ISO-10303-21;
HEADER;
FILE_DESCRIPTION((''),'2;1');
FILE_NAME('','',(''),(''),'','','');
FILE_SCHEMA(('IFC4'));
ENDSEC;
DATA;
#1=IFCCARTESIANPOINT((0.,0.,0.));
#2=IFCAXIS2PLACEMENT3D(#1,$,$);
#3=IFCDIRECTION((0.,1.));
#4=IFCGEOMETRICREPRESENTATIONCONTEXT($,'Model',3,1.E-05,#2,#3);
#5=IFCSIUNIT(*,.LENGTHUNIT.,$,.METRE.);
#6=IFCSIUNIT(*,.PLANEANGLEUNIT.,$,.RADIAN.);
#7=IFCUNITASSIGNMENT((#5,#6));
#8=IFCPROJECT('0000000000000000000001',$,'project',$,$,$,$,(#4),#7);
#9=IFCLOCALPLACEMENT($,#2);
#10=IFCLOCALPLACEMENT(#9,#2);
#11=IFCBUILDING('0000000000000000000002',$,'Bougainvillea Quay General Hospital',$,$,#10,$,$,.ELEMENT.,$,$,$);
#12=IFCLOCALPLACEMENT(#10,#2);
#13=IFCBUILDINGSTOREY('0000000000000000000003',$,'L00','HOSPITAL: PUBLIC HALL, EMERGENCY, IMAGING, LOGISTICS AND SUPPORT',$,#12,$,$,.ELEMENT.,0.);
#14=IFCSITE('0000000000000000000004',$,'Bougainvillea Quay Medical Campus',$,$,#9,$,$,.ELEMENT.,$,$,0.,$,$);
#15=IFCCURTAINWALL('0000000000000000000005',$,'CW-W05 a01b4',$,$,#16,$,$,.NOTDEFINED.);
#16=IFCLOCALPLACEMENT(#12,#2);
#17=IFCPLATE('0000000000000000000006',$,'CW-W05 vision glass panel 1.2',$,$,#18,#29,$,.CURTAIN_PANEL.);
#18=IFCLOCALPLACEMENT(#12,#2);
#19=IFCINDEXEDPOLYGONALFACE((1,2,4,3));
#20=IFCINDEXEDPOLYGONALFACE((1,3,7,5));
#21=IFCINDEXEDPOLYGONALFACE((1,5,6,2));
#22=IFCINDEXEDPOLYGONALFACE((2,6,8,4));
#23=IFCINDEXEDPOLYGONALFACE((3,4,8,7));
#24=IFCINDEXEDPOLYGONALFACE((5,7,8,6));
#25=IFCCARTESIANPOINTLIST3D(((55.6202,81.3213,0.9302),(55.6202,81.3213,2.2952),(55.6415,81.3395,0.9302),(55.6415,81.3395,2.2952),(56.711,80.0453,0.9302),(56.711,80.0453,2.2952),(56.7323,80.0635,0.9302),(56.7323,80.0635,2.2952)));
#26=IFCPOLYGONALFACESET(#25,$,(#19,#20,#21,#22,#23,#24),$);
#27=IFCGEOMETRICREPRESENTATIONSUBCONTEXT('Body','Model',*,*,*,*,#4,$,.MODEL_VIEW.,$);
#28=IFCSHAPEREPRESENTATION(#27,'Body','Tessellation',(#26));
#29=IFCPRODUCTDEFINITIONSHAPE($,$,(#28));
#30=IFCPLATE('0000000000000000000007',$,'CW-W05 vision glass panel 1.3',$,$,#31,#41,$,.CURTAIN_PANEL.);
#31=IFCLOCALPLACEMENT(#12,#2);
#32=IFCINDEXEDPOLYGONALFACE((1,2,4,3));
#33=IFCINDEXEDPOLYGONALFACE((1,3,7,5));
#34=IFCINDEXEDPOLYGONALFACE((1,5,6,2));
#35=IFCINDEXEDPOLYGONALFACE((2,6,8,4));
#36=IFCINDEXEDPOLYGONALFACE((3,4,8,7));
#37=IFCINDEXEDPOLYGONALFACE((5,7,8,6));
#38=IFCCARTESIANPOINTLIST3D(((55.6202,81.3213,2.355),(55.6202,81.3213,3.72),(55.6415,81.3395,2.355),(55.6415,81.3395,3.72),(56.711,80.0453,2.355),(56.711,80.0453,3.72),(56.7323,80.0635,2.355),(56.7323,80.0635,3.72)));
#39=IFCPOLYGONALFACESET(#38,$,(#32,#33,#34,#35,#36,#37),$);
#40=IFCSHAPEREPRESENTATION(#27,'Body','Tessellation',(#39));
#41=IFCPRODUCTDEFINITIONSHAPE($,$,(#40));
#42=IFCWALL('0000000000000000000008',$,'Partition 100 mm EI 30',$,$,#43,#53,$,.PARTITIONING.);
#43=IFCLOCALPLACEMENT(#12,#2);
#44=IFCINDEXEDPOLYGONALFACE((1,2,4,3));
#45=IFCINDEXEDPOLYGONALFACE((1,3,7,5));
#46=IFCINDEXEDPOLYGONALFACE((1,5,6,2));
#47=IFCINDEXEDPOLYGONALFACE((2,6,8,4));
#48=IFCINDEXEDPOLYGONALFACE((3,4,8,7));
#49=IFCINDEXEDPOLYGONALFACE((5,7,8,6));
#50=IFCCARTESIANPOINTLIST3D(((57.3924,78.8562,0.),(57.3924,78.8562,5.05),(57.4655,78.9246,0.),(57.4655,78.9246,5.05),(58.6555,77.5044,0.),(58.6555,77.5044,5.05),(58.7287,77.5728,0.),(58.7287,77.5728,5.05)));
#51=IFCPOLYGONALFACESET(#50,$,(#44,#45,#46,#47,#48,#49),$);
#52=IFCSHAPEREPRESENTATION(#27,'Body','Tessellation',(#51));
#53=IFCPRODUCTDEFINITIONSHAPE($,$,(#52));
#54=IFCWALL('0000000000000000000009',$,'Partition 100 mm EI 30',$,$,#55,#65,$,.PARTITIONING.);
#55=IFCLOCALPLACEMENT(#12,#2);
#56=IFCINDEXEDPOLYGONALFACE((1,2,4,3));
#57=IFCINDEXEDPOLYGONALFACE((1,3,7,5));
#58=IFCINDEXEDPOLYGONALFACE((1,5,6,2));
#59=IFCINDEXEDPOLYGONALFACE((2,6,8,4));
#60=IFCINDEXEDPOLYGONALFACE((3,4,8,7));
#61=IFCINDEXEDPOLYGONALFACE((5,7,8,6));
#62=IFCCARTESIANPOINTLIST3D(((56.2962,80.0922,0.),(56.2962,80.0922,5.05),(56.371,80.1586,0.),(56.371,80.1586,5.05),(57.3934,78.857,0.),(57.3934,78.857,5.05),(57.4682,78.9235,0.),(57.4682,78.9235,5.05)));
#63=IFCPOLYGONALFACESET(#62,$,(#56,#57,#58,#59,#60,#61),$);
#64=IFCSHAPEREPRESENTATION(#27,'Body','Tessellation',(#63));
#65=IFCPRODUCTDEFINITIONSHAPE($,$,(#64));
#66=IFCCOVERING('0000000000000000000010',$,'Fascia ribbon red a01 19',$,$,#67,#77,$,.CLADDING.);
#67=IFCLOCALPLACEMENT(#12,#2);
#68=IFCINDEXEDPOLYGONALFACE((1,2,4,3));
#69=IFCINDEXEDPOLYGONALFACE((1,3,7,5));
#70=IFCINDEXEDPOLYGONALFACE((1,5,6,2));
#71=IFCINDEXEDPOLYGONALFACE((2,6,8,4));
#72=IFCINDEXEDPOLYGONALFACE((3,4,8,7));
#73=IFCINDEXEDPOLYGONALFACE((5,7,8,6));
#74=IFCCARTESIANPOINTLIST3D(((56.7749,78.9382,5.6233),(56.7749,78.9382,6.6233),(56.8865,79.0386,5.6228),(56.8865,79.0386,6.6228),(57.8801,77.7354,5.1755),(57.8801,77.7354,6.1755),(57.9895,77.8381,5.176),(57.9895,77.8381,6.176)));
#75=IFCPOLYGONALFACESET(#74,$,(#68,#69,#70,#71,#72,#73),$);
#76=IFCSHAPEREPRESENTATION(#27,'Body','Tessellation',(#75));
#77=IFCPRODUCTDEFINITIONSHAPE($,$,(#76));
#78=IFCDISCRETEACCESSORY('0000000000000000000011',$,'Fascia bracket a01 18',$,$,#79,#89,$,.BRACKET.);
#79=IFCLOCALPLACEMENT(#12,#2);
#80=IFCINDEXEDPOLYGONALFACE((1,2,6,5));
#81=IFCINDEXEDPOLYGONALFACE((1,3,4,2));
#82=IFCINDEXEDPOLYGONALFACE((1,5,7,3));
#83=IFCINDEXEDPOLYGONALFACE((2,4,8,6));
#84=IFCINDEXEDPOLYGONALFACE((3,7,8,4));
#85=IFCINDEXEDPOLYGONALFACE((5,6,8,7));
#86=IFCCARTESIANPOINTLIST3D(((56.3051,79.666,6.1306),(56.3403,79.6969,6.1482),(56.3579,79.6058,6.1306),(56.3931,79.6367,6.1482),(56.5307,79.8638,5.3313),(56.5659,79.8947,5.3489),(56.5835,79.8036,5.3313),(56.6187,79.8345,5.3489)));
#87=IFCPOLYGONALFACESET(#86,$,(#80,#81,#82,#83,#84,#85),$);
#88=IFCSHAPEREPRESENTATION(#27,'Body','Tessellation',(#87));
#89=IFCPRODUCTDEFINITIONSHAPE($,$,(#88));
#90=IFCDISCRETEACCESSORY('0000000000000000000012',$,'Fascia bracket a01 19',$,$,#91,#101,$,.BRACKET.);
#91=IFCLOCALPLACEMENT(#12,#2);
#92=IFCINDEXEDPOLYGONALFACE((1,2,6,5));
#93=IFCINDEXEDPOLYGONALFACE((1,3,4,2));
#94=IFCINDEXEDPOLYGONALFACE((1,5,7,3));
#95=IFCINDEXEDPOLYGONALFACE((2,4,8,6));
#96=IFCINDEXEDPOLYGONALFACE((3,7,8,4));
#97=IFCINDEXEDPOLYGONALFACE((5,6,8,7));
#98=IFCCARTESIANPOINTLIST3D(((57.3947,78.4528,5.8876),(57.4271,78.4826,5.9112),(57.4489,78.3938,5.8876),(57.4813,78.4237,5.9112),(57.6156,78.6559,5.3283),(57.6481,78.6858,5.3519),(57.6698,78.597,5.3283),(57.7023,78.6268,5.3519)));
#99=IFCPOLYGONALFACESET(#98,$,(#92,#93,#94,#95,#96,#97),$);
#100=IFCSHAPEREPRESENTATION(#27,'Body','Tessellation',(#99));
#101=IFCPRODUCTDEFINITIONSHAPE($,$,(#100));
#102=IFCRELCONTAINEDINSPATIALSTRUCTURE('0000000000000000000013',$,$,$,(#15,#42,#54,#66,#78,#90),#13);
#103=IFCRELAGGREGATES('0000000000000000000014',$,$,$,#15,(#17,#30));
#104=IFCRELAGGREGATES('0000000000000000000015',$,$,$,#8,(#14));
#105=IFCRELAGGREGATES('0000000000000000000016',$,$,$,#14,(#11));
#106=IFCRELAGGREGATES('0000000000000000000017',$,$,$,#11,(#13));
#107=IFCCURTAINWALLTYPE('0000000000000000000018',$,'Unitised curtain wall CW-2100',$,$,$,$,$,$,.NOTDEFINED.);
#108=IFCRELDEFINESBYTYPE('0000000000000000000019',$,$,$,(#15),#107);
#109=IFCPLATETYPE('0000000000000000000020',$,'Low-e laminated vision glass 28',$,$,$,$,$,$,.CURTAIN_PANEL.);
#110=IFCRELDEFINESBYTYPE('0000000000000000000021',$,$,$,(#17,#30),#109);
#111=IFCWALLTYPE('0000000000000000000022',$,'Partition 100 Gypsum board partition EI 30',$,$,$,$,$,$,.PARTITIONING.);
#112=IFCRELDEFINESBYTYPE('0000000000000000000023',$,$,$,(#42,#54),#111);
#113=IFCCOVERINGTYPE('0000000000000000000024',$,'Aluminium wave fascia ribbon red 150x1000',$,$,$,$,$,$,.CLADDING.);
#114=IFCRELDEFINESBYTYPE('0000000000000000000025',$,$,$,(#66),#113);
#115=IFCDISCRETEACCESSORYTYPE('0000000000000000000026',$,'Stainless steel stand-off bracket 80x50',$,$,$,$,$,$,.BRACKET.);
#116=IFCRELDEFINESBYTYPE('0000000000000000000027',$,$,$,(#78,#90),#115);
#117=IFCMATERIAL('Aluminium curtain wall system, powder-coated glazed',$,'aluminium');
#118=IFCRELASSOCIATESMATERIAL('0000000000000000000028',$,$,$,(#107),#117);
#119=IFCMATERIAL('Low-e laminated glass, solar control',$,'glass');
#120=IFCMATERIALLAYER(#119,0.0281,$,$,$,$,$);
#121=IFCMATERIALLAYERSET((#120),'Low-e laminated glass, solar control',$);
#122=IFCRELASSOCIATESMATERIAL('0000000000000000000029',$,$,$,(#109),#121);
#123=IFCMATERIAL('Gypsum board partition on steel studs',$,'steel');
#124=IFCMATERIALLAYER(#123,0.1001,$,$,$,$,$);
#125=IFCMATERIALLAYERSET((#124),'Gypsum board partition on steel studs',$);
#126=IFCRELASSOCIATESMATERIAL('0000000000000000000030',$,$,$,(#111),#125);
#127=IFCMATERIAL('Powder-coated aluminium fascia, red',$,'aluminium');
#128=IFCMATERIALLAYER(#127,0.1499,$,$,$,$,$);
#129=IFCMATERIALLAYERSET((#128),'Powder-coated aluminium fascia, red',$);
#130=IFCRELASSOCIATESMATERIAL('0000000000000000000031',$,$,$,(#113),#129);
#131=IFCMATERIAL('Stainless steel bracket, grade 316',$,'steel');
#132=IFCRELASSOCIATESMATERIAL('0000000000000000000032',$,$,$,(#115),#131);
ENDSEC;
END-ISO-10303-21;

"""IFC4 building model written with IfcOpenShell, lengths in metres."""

from ifc_helpers import new_model, si_unit, direction, frame, frame_2d, origin, origin_2d, place, context, subcontext, project, spatial, polyline, rectangle, outline, extrude, material, layer, layer_set, material_profile, profile_set, type_object, element, aggregate, save


model = new_model("IFC4")

# Units and contexts
model_context = context("Model", 3, precision=1e-05, world=origin(), true_north=direction((0.0, 1.0)))
body_context = subcontext(model_context, "Body", "Model", "MODEL_VIEW")
ifc_project = project(units=[si_unit("LENGTHUNIT", "METRE"), si_unit("PLANEANGLEUNIT", "RADIAN")], contexts=[model_context])

# Site, building, storey
site_placement = place(None, origin())
site = spatial("IfcSite", under=ifc_project, at=site_placement, Name="Bougainvillea Quay Medical Campus", CompositionType="ELEMENT", RefElevation=0.0)
building_placement = place(site_placement, origin())
building = spatial("IfcBuilding", under=site, at=building_placement, Name="Bougainvillea Quay General Hospital", CompositionType="ELEMENT")
storey_placement = place(building_placement, origin())
storey = spatial("IfcBuildingStorey", under=building, at=storey_placement, Name="L00", Description="HOSPITAL: PUBLIC HALL, EMERGENCY, IMAGING, LOGISTICS AND SUPPORT", CompositionType="ELEMENT", Elevation=0.0)

# Curtain wall
ifc_material_1 = material(Name="Aluminium curtain wall system, powder-coated glazed", Category="aluminium")
curtain_wall_type = type_object("IfcCurtainWallType", Name="Unitised curtain wall CW-2100", PredefinedType="NOTDEFINED", material=ifc_material_1)
curtain_wall_1_placement = place(storey_placement, origin())
curtain_wall_1 = element("IfcCurtainWall", 1, at=curtain_wall_1_placement, inside=storey, type_object=curtain_wall_type, Name="CW-W05 a01b4", PredefinedType="NOTDEFINED")

# Plates
ifc_material_2 = material(Name="Low-e laminated glass, solar control", Category="glass")
ifc_layer_1 = layer(ifc_material_2, 0.0281)
ifc_layer_set_1 = layer_set([ifc_layer_1], Name="Low-e laminated glass, solar control")
plate_type_1 = type_object("IfcPlateType", Name="Low-e laminated vision glass 28", PredefinedType="CURTAIN_PANEL", material=ifc_layer_set_1)
plate_1_placement = place(storey_placement, frame((56.1763, 80.6924, 0.9302), z_axis=(0.0, 0.0, 1.0), x_axis=(-0.649786, 0.760117, 0.0)))
plate_1 = element("IfcPlate", 2, at=plate_1_placement, type_object=plate_type_1, Name="CW-W05 vision glass panel 1.2", PredefinedType="CURTAIN_PANEL", context=body_context, shape_type="SweptSolid", body=[
    extrude(rectangle(XDim=1.6787, YDim=0.0281, at=origin_2d()), origin(), (0.0, 0.0, 1.0), 1.365),
])
plate_2_placement = place(storey_placement, frame((56.1763, 80.6924, 2.355), z_axis=(0.0, 0.0, 1.0), x_axis=(-0.649786, 0.760117, 0.0)))
plate_2 = element("IfcPlate", 3, at=plate_2_placement, type_object=plate_type_1, Name="CW-W05 vision glass panel 1.3", PredefinedType="CURTAIN_PANEL", context=body_context, shape_type="SweptSolid", body=[
    extrude(rectangle(XDim=1.6787, YDim=0.0281, at=origin_2d()), origin(), (0.0, 0.0, 1.0), 1.365),
])
aggregate(curtain_wall_1, [plate_1, plate_2])

# Walls
ifc_material_3 = material(Name="Gypsum board partition on steel studs", Category="steel")
ifc_layer_2 = layer(ifc_material_3, 0.1001)
ifc_layer_set_2 = layer_set([ifc_layer_2], Name="Gypsum board partition on steel studs")
wall_type = type_object("IfcWallType", Name="Partition 100 Gypsum board partition EI 30", PredefinedType="PARTITIONING", material=ifc_layer_set_2)
wall_1_placement = place(storey_placement, frame((57.429, 78.8904, 0.0), z_axis=(0.0, 0.0, 1.0), x_axis=(0.682751, -0.730651, 0.0)))
element("IfcWall", 4, at=wall_1_placement, inside=storey, type_object=wall_type, Name="Partition 100 mm EI 30", PredefinedType="PARTITIONING", context=body_context, shape_type="SweptSolid", body=[
    extrude(rectangle(XDim=1.8501, YDim=0.1001, at=frame_2d((0.925, 0.0))), origin(), (0.0, 0.0, 1.0), 5.05),
])
wall_2_placement = place(storey_placement, frame((56.3335, 80.1255, 0.0), z_axis=(0.0, 0.0, 1.0), x_axis=(0.664125, -0.747621, 0.0)))
element("IfcWall", 5, at=wall_2_placement, inside=storey, type_object=wall_type, Name="Partition 100 mm EI 30", PredefinedType="PARTITIONING", context=body_context, shape_type="SweptSolid", body=[
    extrude(rectangle(XDim=1.6521, YDim=0.1001, at=frame_2d((0.8262, 0.0))), origin(), (0.0, 0.0, 1.0), 5.05),
])

# Covering
ifc_material_4 = material(Name="Powder-coated aluminium fascia, red", Category="aluminium")
ifc_layer_3 = layer(ifc_material_4, 0.1499)
ifc_layer_set_3 = layer_set([ifc_layer_3], Name="Powder-coated aluminium fascia, red")
covering_type = type_object("IfcCoveringType", Name="Aluminium wave fascia ribbon red 150x1000", PredefinedType="CLADDING", material=ifc_layer_set_3)
covering_placement = place(storey_placement, frame((56.8865, 79.0386, 5.6228), z_axis=(0.178896, -0.194592, 0.964433), x_axis=(0.652534, -0.710162, -0.264329)))
element("IfcCovering", 6, at=covering_placement, inside=storey, type_object=covering_type, Name="Fascia ribbon red a01 19", PredefinedType="CLADDING", context=body_context, shape_type="SweptSolid", body=[
    extrude(outline(polyline([(0.0, 0.0), (1.6904, 0.0), (1.6921, -0.1501), (-0.0017, -0.15), (0.0, 0.0)])), origin(), (-0.264329, -0.000067, 0.964433), 1.0),
])

# Discrete accessories
ifc_material_5 = material(Name="Stainless steel bracket, grade 316", Category="steel")
ifc_material_profile_1 = material_profile(ifc_material_5, rectangle(XDim=0.0801, YDim=0.05, at=origin_2d()))
ifc_profile_set_1 = profile_set([ifc_material_profile_1], Name="Stainless steel bracket, grade 316")
discrete_accessory_type = type_object("IfcDiscreteAccessoryType", Name="Stainless steel stand-off bracket 80x50", PredefinedType="BRACKET", material=ifc_profile_set_1)
discrete_accessory_1_placement = place(storey_placement, frame((56.5747, 79.8491, 5.3401), z_axis=(-0.264227, -0.231628, 0.936233), x_axis=(0.659196, -0.751971, 0.0)))
element("IfcDiscreteAccessory", 7, at=discrete_accessory_1_placement, inside=storey, type_object=discrete_accessory_type, Name="Fascia bracket a01 18", PredefinedType="BRACKET", context=body_context, shape_type="SweptSolid", body=[
    extrude(rectangle(XDim=0.0801, YDim=0.05, at=origin_2d()), origin(), (0.0, 0.0, 1.0), 0.8538),
])
discrete_accessory_2_placement = place(storey_placement, frame((57.6589, 78.6414, 5.3401), z_axis=(-0.348079, -0.320002, 0.881158), x_axis=(0.676792, -0.736174, 0.0)))
element("IfcDiscreteAccessory", 8, at=discrete_accessory_2_placement, inside=storey, type_object=discrete_accessory_type, Name="Fascia bracket a01 19", PredefinedType="BRACKET", context=body_context, shape_type="SweptSolid", body=[
    extrude(rectangle(XDim=0.0801, YDim=0.05, at=origin_2d()), origin(), (0.0, 0.0, 1.0), 0.6348),
])

save(model, "model.ifc")
